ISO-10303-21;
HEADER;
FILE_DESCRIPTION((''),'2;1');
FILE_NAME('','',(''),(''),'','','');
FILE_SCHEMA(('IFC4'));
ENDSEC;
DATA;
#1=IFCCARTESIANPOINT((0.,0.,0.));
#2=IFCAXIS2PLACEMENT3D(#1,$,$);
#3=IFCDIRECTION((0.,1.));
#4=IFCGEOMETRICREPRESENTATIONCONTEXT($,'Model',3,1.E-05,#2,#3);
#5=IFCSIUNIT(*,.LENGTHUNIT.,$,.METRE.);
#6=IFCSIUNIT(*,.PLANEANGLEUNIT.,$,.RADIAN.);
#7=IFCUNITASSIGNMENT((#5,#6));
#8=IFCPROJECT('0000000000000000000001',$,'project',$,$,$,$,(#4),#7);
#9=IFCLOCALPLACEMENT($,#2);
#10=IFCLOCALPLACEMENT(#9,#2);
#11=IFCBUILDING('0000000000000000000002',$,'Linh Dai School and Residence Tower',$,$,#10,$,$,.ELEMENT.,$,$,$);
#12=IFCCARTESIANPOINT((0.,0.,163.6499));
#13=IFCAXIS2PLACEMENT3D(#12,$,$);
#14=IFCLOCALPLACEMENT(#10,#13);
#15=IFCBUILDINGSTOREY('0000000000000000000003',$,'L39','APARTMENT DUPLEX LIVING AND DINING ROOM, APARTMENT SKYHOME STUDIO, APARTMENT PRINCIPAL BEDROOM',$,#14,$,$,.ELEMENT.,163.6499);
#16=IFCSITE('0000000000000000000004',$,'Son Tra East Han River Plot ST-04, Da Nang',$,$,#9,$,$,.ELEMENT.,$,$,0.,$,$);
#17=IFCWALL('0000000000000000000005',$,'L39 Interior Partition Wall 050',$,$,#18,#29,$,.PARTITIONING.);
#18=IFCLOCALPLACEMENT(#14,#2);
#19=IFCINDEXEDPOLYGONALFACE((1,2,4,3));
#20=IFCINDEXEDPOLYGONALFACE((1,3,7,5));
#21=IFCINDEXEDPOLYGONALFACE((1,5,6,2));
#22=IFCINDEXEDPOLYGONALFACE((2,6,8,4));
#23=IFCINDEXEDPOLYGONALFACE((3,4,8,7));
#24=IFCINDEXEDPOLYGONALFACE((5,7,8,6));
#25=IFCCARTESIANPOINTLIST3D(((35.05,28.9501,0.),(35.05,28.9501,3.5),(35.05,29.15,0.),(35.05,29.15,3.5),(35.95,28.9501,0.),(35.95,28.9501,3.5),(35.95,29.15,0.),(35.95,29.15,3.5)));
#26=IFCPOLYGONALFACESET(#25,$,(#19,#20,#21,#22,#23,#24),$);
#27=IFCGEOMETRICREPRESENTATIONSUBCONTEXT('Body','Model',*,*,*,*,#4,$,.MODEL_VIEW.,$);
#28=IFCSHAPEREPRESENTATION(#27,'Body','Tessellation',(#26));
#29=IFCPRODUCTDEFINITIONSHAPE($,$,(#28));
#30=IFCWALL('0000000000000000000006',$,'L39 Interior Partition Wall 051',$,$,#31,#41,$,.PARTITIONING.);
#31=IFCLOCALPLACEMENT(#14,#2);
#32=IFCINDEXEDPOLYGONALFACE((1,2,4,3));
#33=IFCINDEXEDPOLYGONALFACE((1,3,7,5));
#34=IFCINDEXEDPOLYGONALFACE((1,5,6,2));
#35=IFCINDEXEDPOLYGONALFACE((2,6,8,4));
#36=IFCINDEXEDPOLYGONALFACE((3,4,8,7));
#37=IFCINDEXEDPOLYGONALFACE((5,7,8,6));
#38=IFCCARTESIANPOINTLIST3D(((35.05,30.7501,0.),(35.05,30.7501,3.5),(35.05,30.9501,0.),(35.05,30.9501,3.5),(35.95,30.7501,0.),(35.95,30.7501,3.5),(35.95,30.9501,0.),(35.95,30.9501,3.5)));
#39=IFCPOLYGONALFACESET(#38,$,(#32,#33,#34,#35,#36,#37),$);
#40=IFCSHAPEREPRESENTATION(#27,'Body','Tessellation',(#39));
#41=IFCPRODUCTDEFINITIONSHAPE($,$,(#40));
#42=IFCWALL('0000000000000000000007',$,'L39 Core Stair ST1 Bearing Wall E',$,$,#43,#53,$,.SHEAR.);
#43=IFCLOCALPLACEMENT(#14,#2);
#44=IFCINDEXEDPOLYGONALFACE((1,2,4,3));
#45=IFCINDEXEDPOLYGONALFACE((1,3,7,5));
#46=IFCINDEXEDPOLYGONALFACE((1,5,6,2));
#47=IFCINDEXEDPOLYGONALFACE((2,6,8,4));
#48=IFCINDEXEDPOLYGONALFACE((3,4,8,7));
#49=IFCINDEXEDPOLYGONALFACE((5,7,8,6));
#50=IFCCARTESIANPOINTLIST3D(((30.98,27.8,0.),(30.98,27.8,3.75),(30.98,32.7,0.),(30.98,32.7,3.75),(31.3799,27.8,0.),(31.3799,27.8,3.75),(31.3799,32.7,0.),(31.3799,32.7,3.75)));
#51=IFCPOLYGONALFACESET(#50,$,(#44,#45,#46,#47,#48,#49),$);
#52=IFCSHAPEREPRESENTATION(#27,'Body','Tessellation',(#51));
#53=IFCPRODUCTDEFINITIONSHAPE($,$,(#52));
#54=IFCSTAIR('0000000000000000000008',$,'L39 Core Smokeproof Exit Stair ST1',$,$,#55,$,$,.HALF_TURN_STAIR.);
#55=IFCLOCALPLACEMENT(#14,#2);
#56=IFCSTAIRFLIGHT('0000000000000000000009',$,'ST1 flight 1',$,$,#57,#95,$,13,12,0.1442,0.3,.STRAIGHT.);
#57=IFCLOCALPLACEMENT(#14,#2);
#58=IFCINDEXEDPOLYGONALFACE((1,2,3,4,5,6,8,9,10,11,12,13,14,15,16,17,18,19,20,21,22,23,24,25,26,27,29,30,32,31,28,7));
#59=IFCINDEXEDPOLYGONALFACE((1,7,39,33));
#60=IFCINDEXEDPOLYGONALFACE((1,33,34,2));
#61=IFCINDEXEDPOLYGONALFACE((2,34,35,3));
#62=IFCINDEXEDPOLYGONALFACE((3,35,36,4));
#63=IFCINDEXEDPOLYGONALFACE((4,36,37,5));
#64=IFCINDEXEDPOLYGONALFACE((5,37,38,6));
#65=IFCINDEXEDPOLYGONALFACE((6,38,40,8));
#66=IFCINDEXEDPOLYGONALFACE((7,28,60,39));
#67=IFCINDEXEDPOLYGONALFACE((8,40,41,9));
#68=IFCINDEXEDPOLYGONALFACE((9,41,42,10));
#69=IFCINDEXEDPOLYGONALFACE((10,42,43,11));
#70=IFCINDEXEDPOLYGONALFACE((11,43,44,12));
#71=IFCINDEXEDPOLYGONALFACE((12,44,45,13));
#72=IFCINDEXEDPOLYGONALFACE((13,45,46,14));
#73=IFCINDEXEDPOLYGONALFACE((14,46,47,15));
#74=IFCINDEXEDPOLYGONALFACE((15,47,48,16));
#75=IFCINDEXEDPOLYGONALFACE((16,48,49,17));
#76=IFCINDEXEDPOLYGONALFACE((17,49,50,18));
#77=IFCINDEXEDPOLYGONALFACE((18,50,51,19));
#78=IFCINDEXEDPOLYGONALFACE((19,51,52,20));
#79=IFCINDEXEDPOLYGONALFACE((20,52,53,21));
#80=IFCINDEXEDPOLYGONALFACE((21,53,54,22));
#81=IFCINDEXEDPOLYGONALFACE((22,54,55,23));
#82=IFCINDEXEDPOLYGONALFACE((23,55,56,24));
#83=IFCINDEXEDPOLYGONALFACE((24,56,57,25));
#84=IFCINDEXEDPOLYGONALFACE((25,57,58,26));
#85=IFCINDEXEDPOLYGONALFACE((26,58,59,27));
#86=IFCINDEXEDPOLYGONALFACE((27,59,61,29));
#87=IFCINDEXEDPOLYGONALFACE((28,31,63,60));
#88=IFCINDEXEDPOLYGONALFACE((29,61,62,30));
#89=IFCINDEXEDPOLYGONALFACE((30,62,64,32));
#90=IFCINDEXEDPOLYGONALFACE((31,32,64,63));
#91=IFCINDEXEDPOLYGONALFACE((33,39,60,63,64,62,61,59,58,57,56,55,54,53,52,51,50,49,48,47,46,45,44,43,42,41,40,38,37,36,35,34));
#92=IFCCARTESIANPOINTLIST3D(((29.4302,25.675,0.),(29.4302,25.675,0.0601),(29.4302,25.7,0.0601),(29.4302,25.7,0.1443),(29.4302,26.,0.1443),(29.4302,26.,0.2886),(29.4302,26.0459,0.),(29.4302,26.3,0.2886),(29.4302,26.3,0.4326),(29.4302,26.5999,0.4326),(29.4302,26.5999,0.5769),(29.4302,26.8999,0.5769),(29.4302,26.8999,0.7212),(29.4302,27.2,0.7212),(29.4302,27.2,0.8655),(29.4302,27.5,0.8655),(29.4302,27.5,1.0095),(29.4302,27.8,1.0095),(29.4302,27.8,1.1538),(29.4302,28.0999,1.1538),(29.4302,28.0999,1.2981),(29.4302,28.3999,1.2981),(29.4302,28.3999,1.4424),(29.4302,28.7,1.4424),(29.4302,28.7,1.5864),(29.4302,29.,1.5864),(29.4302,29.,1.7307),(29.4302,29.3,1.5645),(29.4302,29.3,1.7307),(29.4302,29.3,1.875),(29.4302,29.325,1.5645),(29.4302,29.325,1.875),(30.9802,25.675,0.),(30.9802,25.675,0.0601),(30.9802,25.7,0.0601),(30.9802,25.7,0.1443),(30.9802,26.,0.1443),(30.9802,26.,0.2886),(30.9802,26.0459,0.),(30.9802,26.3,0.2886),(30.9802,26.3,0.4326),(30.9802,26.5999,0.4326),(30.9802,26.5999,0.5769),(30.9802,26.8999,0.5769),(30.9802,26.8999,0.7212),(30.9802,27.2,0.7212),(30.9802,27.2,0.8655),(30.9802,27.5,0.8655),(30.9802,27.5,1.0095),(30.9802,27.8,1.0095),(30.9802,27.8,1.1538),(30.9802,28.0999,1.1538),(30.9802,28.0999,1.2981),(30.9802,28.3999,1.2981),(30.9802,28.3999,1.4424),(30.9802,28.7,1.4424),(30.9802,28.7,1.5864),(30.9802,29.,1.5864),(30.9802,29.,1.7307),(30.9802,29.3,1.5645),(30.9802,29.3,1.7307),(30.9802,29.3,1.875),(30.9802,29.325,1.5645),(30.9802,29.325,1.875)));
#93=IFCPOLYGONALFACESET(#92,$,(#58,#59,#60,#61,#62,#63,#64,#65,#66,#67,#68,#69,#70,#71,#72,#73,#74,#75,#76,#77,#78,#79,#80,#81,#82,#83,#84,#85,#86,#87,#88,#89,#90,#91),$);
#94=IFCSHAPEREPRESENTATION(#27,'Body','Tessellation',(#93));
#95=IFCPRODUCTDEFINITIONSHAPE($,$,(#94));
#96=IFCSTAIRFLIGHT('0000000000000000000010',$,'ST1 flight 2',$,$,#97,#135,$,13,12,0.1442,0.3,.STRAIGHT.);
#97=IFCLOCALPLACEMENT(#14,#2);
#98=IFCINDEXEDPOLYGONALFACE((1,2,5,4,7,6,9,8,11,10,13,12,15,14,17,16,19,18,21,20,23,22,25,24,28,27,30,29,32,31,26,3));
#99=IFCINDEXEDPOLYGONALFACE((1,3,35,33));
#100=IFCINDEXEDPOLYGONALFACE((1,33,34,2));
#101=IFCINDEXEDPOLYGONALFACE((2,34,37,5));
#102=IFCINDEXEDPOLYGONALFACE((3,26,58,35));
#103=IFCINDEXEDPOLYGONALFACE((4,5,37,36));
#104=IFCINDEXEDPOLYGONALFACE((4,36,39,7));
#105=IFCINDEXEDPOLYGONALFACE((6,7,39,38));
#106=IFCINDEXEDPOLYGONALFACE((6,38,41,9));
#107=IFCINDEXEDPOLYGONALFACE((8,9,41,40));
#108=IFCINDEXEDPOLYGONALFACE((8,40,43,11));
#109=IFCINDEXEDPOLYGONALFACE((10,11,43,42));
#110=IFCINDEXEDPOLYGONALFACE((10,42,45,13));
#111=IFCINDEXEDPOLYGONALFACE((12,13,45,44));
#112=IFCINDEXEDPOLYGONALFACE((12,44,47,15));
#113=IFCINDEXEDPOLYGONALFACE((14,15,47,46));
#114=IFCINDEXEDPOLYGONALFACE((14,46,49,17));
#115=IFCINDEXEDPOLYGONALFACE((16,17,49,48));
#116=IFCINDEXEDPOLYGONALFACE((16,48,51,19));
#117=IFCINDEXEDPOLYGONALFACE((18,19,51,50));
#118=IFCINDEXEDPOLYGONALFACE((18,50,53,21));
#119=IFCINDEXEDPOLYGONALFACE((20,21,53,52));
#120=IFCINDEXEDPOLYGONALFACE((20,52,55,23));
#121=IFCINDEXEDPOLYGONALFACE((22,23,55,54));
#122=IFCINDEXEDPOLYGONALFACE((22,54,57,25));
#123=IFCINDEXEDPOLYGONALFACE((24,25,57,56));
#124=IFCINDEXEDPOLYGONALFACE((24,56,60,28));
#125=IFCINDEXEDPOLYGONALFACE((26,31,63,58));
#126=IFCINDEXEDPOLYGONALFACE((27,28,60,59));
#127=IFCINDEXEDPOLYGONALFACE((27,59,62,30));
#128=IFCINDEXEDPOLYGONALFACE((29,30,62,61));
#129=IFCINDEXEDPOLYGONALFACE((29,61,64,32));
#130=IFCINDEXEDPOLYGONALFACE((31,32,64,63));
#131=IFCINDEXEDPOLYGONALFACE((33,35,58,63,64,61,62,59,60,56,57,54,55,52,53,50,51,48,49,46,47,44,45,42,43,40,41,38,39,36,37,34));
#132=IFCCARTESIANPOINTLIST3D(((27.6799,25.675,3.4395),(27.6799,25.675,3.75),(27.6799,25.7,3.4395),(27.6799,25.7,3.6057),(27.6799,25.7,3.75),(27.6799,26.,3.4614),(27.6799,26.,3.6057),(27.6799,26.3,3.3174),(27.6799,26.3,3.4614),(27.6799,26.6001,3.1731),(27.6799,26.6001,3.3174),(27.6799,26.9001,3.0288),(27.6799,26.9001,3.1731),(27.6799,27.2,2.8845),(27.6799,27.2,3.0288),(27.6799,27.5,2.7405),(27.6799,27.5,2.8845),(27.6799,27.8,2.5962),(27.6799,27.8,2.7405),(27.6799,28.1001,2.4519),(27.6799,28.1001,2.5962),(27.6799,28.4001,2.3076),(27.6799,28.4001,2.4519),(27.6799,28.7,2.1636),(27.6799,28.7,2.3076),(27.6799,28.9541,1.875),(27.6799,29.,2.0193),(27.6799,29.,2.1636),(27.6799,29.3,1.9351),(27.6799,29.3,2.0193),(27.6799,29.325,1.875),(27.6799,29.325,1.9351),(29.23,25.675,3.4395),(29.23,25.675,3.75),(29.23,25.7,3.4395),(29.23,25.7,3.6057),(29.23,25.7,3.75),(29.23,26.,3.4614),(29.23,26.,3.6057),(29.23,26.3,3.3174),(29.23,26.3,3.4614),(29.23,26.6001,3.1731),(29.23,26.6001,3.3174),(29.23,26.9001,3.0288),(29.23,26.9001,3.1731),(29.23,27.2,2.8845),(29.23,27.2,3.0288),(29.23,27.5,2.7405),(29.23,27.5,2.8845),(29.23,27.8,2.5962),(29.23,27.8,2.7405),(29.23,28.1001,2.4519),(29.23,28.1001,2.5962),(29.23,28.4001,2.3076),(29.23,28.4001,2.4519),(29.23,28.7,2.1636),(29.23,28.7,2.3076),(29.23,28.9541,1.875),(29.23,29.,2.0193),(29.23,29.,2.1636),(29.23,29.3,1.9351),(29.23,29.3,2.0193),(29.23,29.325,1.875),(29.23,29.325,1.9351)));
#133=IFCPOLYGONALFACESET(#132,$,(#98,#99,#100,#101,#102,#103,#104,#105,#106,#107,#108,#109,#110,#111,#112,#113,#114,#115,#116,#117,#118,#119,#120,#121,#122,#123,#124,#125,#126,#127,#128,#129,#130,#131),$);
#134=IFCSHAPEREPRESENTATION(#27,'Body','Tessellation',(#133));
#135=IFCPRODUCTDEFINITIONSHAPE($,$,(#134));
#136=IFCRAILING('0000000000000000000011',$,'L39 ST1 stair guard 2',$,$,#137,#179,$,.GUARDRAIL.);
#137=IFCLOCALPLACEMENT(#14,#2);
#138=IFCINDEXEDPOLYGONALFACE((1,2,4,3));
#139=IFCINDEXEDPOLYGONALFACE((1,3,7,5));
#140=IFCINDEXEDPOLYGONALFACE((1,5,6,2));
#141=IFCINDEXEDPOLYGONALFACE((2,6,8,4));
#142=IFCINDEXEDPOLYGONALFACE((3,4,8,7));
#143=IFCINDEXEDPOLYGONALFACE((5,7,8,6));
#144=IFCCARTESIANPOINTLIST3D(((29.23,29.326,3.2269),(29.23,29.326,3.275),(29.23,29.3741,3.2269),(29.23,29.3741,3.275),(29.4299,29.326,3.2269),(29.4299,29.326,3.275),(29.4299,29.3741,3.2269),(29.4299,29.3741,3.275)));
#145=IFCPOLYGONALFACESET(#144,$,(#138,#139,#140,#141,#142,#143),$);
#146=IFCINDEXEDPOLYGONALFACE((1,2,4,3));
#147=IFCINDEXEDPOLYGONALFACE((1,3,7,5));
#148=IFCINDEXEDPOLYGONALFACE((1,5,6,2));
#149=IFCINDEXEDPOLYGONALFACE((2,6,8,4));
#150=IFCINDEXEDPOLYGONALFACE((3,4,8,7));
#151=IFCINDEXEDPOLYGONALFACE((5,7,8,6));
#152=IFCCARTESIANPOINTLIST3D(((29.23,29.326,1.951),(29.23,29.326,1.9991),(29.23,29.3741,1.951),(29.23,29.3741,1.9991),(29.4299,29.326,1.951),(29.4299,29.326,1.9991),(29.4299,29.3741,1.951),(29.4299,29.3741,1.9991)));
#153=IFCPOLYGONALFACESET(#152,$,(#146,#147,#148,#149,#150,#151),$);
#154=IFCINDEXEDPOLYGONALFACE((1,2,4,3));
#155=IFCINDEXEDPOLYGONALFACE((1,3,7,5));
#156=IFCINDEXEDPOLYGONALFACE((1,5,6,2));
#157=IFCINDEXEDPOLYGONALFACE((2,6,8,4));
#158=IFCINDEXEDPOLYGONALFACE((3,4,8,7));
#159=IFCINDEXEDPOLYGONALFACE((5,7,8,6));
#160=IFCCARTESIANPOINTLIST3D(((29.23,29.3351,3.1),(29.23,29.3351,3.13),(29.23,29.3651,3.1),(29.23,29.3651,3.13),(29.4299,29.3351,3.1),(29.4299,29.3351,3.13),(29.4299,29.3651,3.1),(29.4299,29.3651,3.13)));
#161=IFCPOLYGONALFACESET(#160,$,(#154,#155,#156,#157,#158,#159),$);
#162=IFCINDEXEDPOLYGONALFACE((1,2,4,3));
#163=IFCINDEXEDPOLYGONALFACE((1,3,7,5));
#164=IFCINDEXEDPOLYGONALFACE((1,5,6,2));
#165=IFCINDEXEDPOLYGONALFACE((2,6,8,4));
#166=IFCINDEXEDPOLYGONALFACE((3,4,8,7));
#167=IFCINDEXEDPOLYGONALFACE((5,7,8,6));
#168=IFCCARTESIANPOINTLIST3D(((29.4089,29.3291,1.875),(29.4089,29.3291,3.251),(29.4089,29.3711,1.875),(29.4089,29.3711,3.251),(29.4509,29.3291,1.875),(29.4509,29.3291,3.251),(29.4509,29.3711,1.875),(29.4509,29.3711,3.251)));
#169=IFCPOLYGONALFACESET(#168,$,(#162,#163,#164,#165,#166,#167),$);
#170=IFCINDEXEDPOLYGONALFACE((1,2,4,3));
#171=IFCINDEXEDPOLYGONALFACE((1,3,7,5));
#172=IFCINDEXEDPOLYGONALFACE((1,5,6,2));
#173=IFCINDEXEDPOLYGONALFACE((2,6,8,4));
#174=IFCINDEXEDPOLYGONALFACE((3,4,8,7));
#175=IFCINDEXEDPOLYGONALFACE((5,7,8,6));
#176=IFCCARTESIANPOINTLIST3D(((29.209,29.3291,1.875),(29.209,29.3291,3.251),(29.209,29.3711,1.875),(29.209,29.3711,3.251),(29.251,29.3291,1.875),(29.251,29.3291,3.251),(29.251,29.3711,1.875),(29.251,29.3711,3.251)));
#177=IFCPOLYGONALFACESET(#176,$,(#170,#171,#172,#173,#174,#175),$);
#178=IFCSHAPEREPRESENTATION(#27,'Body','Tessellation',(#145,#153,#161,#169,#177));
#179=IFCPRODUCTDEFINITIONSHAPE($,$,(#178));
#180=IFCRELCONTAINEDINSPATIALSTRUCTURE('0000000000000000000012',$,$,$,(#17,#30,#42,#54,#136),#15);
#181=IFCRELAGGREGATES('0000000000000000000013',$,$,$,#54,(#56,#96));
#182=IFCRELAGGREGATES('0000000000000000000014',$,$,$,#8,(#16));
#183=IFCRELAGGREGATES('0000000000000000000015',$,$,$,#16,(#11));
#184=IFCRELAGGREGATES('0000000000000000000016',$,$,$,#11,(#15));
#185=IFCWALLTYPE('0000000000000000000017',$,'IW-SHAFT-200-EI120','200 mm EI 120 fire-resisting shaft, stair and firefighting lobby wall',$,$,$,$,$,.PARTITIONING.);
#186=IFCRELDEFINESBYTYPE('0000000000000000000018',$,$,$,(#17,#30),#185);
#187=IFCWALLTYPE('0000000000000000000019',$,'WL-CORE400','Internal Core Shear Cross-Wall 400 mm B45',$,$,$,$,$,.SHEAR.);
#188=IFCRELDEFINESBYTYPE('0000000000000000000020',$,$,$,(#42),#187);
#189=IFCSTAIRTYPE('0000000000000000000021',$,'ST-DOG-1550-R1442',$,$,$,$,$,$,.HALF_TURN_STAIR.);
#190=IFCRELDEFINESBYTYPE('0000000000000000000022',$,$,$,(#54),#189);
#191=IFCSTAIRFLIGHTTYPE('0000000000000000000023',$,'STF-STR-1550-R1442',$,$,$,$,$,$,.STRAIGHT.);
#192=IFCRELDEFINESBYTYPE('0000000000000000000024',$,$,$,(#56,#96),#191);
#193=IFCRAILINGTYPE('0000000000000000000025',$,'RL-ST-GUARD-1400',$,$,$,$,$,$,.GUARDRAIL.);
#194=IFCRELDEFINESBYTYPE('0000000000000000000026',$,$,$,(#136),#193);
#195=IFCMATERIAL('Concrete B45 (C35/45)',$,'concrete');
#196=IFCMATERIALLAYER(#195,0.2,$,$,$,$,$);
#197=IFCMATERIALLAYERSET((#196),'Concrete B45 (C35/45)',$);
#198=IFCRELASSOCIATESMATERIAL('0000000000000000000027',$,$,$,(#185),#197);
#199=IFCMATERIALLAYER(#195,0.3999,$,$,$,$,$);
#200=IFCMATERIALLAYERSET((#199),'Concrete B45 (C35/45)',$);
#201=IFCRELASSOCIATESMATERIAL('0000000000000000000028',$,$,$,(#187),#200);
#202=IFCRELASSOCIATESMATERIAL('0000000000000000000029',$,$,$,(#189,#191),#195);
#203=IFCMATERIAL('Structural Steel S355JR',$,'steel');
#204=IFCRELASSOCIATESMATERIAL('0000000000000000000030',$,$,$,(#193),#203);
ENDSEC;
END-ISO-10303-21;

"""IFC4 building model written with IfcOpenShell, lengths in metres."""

from ifc_helpers import new_model, si_unit, direction, frame, frame_2d, origin, origin_2d, place, context, subcontext, project, spatial, polyline, rectangle, outline, extrude, source, transform, mapped, material, layer, layer_set, type_object, element, aggregate, save


model = new_model("IFC4")

# Units and contexts
model_context = context("Model", 3, precision=1e-05, world=origin(), true_north=direction((0.0, 1.0)))
body_context = subcontext(model_context, "Body", "Model", "MODEL_VIEW")
ifc_project = project(units=[si_unit("LENGTHUNIT", "METRE"), si_unit("PLANEANGLEUNIT", "RADIAN")], contexts=[model_context])

# Site, building, storey
site_placement = place(None, origin())
site = spatial("IfcSite", under=ifc_project, at=site_placement, Name="Son Tra East Han River Plot ST-04, Da Nang", CompositionType="ELEMENT", RefElevation=0.0)
building_placement = place(site_placement, origin())
building = spatial("IfcBuilding", under=site, at=building_placement, Name="Linh Dai School and Residence Tower", CompositionType="ELEMENT")
storey_placement = place(building_placement, frame((0.0, 0.0, 163.6499)))
storey = spatial("IfcBuildingStorey", under=building, at=storey_placement, Name="L39", Description="APARTMENT DUPLEX LIVING AND DINING ROOM, APARTMENT SKYHOME STUDIO, APARTMENT PRINCIPAL BEDROOM", CompositionType="ELEMENT", Elevation=163.6499)

# Shared definitions
ifc_material_1 = material(Name="Structural Steel S355JR", Category="steel")

# Shared definitions
ifc_material_2 = material(Name="Concrete B45 (C35/45)", Category="concrete")
ifc_layer_1 = layer(ifc_material_2, 0.2)
ifc_layer_set_1 = layer_set([ifc_layer_1], Name="Concrete B45 (C35/45)")
wall_type_1 = type_object("IfcWallType", Name="IW-SHAFT-200-EI120", Description="200 mm EI 120 fire-resisting shaft, stair and firefighting lobby wall", PredefinedType="PARTITIONING", material=ifc_layer_set_1)

# Walls
for number, where, z_axis, x_axis, name in (
    (1, (35.05, 29.05, 0.0), (0.0, 0.0, 1.0), (1.0, 0.0, 0.0), "L39 Interior Partition Wall 050"),
    (2, (35.05, 30.8501, 0.0), (0.0, 0.0, 1.0), (1.0, 0.0, 0.0), "L39 Interior Partition Wall 051"),
):
    element("IfcWall", number, at=place(storey_placement, frame(where, z_axis=z_axis, x_axis=x_axis)), inside=storey, type_object=wall_type_1, Name=name, PredefinedType="PARTITIONING", context=body_context, shape_type="SweptSolid", body=[
        extrude(rectangle(XDim=0.8999, YDim=0.2, at=frame_2d((0.45, 0.0))), origin(), (0.0, 0.0, 1.0), 3.5),
    ])
ifc_layer_2 = layer(ifc_material_2, 0.3999)
ifc_layer_set_2 = layer_set([ifc_layer_2], Name="Concrete B45 (C35/45)")
wall_type_2 = type_object("IfcWallType", Name="WL-CORE400", Description="Internal Core Shear Cross-Wall 400 mm B45", PredefinedType="SHEAR", material=ifc_layer_set_2)
wall_1_placement = place(storey_placement, frame((31.1799, 27.8, 0.0), z_axis=(0.0, 0.0, 1.0), x_axis=(0.0, 1.0, 0.0)))
element("IfcWall", 3, at=wall_1_placement, inside=storey, type_object=wall_type_2, Name="L39 Core Stair ST1 Bearing Wall E", PredefinedType="SHEAR", context=body_context, shape_type="SweptSolid", body=[
    extrude(rectangle(XDim=4.8999, YDim=0.3999, at=frame_2d((2.45, 0.0))), origin(), (0.0, 0.0, 1.0), 3.75),
])

# Stair, stair flights
stair_type = type_object("IfcStairType", Name="ST-DOG-1550-R1442", PredefinedType="HALF_TURN_STAIR", material=ifc_material_2)
stair_placement = place(storey_placement, origin())
stair = element("IfcStair", 4, at=stair_placement, inside=storey, type_object=stair_type, Name="L39 Core Smokeproof Exit Stair ST1", PredefinedType="HALF_TURN_STAIR")
stair_flight_type = type_object("IfcStairFlightType", Name="STF-STR-1550-R1442", PredefinedType="STRAIGHT", material=ifc_material_2)
shared_shape_1 = source(origin(), body_context, "Body", "SweptSolid", [
    extrude(outline(polyline([(-0.0249, 0.0), (-0.0249, 0.0601), (0.0, 0.0601), (0.0, 0.1443), (0.3, 0.1443), (0.3, 0.2886), (0.6001, 0.2886), (0.6001, 0.4326), (0.8999, 0.4326), (0.8999, 0.5769), (1.2, 0.5769), (1.2, 0.7212), (1.5, 0.7212), (1.5, 0.8655), (1.8, 0.8655), (1.8, 1.0095), (2.1001, 1.0095), (2.1001, 1.1538), (2.3999, 1.1538), (2.3999, 1.2981), (2.7, 1.2981), (2.7, 1.4424), (3.0, 1.4424), (3.0, 1.5864), (3.3, 1.5864), (3.3, 1.7307), (3.6001, 1.7307), (3.6001, 1.875), (3.625, 1.875), (3.625, 1.5645), (3.6001, 1.5645), (0.3459, 0.0), (-0.0249, 0.0)])), frame((0.0, 0.7749, 0.0), z_axis=(0.0, -1.0, 0.0), x_axis=(1.0, 0.0, 0.0)), (0.0, 0.0, 1.0), 1.55),
])
stair_flight_1_placement = place(storey_placement, frame((30.2051, 25.7, 0.0), z_axis=(0.0, 0.0, 1.0), x_axis=(0.0, 1.0, 0.0)))
stair_flight_1 = element("IfcStairFlight", 5, at=stair_flight_1_placement, type_object=stair_flight_type, Name="ST1 flight 1", NumberOfRisers=13, NumberOfTreads=12, PredefinedType="STRAIGHT", RiserHeight=0.1442, TreadLength=0.3, context=body_context, shape_type="MappedRepresentation", body=[
    mapped(shared_shape_1, transform((0.0, 0.0, 0.0), x_axis=(1.0, 0.0, 0.0), y_axis=(0.0, 1.0, 0.0), z_axis=(0.0, 0.0, 1.0), scale=1.0)),
])
stair_flight_2_placement = place(storey_placement, frame((28.4551, 29.3, 1.875), z_axis=(0.0, 0.0, 1.0), x_axis=(0.0, -1.0, 0.0)))
stair_flight_2 = element("IfcStairFlight", 6, at=stair_flight_2_placement, type_object=stair_flight_type, Name="ST1 flight 2", NumberOfRisers=13, NumberOfTreads=12, PredefinedType="STRAIGHT", RiserHeight=0.1442, TreadLength=0.3, context=body_context, shape_type="MappedRepresentation", body=[
    mapped(shared_shape_1, transform((0.0, 0.0, 0.0), x_axis=(1.0, 0.0, 0.0), y_axis=(0.0, 1.0, 0.0), z_axis=(0.0, 0.0, 1.0), scale=1.0)),
])
aggregate(stair, [stair_flight_1, stair_flight_2])

# Railing
railing_type_1 = type_object("IfcRailingType", Name="RL-ST-GUARD-1400", PredefinedType="GUARDRAIL", material=ifc_material_1)
shared_shape_2 = source(origin(), body_context, "Body", "SweptSolid", [
    extrude(rectangle(XDim=0.0481, YDim=0.0481, at=origin_2d()), frame((0.0, 0.0, 1.376), z_axis=(-1.0, 0.0, 0.0), x_axis=(0.0, -1.0, 0.0)), (0.0, 0.0, 1.0), 0.2),
    extrude(rectangle(XDim=0.0481, YDim=0.0481, at=origin_2d()), frame((0.0, 0.0, 0.1001), z_axis=(-1.0, 0.0, 0.0), x_axis=(0.0, -1.0, 0.0)), (0.0, 0.0, 1.0), 0.2),
    extrude(rectangle(XDim=0.03, YDim=0.03, at=origin_2d()), frame((0.0, 0.0, 1.24), z_axis=(-1.0, 0.0, 0.0), x_axis=(0.0, -1.0, 0.0)), (0.0, 0.0, 1.0), 0.2),
    extrude(rectangle(XDim=0.042, YDim=0.042, at=origin_2d()), origin(), (0.0, 0.0, 1.0), 1.376),
    extrude(rectangle(XDim=0.042, YDim=0.042, at=origin_2d()), frame((-0.2, 0.0, 0.0)), (0.0, 0.0, 1.0), 1.376),
])
railing_1_placement = place(storey_placement, frame((29.4299, 29.3501, 1.875)))
element("IfcRailing", 7, at=railing_1_placement, inside=storey, type_object=railing_type_1, Name="L39 ST1 stair guard 2", PredefinedType="GUARDRAIL", context=body_context, shape_type="MappedRepresentation", body=[
    mapped(shared_shape_2, transform((0.0, 0.0, 0.0), x_axis=(1.0, 0.0, 0.0), y_axis=(0.0, 1.0, 0.0), z_axis=(0.0, 0.0, 1.0), scale=1.0)),
])

save(model, "model.ifc")
